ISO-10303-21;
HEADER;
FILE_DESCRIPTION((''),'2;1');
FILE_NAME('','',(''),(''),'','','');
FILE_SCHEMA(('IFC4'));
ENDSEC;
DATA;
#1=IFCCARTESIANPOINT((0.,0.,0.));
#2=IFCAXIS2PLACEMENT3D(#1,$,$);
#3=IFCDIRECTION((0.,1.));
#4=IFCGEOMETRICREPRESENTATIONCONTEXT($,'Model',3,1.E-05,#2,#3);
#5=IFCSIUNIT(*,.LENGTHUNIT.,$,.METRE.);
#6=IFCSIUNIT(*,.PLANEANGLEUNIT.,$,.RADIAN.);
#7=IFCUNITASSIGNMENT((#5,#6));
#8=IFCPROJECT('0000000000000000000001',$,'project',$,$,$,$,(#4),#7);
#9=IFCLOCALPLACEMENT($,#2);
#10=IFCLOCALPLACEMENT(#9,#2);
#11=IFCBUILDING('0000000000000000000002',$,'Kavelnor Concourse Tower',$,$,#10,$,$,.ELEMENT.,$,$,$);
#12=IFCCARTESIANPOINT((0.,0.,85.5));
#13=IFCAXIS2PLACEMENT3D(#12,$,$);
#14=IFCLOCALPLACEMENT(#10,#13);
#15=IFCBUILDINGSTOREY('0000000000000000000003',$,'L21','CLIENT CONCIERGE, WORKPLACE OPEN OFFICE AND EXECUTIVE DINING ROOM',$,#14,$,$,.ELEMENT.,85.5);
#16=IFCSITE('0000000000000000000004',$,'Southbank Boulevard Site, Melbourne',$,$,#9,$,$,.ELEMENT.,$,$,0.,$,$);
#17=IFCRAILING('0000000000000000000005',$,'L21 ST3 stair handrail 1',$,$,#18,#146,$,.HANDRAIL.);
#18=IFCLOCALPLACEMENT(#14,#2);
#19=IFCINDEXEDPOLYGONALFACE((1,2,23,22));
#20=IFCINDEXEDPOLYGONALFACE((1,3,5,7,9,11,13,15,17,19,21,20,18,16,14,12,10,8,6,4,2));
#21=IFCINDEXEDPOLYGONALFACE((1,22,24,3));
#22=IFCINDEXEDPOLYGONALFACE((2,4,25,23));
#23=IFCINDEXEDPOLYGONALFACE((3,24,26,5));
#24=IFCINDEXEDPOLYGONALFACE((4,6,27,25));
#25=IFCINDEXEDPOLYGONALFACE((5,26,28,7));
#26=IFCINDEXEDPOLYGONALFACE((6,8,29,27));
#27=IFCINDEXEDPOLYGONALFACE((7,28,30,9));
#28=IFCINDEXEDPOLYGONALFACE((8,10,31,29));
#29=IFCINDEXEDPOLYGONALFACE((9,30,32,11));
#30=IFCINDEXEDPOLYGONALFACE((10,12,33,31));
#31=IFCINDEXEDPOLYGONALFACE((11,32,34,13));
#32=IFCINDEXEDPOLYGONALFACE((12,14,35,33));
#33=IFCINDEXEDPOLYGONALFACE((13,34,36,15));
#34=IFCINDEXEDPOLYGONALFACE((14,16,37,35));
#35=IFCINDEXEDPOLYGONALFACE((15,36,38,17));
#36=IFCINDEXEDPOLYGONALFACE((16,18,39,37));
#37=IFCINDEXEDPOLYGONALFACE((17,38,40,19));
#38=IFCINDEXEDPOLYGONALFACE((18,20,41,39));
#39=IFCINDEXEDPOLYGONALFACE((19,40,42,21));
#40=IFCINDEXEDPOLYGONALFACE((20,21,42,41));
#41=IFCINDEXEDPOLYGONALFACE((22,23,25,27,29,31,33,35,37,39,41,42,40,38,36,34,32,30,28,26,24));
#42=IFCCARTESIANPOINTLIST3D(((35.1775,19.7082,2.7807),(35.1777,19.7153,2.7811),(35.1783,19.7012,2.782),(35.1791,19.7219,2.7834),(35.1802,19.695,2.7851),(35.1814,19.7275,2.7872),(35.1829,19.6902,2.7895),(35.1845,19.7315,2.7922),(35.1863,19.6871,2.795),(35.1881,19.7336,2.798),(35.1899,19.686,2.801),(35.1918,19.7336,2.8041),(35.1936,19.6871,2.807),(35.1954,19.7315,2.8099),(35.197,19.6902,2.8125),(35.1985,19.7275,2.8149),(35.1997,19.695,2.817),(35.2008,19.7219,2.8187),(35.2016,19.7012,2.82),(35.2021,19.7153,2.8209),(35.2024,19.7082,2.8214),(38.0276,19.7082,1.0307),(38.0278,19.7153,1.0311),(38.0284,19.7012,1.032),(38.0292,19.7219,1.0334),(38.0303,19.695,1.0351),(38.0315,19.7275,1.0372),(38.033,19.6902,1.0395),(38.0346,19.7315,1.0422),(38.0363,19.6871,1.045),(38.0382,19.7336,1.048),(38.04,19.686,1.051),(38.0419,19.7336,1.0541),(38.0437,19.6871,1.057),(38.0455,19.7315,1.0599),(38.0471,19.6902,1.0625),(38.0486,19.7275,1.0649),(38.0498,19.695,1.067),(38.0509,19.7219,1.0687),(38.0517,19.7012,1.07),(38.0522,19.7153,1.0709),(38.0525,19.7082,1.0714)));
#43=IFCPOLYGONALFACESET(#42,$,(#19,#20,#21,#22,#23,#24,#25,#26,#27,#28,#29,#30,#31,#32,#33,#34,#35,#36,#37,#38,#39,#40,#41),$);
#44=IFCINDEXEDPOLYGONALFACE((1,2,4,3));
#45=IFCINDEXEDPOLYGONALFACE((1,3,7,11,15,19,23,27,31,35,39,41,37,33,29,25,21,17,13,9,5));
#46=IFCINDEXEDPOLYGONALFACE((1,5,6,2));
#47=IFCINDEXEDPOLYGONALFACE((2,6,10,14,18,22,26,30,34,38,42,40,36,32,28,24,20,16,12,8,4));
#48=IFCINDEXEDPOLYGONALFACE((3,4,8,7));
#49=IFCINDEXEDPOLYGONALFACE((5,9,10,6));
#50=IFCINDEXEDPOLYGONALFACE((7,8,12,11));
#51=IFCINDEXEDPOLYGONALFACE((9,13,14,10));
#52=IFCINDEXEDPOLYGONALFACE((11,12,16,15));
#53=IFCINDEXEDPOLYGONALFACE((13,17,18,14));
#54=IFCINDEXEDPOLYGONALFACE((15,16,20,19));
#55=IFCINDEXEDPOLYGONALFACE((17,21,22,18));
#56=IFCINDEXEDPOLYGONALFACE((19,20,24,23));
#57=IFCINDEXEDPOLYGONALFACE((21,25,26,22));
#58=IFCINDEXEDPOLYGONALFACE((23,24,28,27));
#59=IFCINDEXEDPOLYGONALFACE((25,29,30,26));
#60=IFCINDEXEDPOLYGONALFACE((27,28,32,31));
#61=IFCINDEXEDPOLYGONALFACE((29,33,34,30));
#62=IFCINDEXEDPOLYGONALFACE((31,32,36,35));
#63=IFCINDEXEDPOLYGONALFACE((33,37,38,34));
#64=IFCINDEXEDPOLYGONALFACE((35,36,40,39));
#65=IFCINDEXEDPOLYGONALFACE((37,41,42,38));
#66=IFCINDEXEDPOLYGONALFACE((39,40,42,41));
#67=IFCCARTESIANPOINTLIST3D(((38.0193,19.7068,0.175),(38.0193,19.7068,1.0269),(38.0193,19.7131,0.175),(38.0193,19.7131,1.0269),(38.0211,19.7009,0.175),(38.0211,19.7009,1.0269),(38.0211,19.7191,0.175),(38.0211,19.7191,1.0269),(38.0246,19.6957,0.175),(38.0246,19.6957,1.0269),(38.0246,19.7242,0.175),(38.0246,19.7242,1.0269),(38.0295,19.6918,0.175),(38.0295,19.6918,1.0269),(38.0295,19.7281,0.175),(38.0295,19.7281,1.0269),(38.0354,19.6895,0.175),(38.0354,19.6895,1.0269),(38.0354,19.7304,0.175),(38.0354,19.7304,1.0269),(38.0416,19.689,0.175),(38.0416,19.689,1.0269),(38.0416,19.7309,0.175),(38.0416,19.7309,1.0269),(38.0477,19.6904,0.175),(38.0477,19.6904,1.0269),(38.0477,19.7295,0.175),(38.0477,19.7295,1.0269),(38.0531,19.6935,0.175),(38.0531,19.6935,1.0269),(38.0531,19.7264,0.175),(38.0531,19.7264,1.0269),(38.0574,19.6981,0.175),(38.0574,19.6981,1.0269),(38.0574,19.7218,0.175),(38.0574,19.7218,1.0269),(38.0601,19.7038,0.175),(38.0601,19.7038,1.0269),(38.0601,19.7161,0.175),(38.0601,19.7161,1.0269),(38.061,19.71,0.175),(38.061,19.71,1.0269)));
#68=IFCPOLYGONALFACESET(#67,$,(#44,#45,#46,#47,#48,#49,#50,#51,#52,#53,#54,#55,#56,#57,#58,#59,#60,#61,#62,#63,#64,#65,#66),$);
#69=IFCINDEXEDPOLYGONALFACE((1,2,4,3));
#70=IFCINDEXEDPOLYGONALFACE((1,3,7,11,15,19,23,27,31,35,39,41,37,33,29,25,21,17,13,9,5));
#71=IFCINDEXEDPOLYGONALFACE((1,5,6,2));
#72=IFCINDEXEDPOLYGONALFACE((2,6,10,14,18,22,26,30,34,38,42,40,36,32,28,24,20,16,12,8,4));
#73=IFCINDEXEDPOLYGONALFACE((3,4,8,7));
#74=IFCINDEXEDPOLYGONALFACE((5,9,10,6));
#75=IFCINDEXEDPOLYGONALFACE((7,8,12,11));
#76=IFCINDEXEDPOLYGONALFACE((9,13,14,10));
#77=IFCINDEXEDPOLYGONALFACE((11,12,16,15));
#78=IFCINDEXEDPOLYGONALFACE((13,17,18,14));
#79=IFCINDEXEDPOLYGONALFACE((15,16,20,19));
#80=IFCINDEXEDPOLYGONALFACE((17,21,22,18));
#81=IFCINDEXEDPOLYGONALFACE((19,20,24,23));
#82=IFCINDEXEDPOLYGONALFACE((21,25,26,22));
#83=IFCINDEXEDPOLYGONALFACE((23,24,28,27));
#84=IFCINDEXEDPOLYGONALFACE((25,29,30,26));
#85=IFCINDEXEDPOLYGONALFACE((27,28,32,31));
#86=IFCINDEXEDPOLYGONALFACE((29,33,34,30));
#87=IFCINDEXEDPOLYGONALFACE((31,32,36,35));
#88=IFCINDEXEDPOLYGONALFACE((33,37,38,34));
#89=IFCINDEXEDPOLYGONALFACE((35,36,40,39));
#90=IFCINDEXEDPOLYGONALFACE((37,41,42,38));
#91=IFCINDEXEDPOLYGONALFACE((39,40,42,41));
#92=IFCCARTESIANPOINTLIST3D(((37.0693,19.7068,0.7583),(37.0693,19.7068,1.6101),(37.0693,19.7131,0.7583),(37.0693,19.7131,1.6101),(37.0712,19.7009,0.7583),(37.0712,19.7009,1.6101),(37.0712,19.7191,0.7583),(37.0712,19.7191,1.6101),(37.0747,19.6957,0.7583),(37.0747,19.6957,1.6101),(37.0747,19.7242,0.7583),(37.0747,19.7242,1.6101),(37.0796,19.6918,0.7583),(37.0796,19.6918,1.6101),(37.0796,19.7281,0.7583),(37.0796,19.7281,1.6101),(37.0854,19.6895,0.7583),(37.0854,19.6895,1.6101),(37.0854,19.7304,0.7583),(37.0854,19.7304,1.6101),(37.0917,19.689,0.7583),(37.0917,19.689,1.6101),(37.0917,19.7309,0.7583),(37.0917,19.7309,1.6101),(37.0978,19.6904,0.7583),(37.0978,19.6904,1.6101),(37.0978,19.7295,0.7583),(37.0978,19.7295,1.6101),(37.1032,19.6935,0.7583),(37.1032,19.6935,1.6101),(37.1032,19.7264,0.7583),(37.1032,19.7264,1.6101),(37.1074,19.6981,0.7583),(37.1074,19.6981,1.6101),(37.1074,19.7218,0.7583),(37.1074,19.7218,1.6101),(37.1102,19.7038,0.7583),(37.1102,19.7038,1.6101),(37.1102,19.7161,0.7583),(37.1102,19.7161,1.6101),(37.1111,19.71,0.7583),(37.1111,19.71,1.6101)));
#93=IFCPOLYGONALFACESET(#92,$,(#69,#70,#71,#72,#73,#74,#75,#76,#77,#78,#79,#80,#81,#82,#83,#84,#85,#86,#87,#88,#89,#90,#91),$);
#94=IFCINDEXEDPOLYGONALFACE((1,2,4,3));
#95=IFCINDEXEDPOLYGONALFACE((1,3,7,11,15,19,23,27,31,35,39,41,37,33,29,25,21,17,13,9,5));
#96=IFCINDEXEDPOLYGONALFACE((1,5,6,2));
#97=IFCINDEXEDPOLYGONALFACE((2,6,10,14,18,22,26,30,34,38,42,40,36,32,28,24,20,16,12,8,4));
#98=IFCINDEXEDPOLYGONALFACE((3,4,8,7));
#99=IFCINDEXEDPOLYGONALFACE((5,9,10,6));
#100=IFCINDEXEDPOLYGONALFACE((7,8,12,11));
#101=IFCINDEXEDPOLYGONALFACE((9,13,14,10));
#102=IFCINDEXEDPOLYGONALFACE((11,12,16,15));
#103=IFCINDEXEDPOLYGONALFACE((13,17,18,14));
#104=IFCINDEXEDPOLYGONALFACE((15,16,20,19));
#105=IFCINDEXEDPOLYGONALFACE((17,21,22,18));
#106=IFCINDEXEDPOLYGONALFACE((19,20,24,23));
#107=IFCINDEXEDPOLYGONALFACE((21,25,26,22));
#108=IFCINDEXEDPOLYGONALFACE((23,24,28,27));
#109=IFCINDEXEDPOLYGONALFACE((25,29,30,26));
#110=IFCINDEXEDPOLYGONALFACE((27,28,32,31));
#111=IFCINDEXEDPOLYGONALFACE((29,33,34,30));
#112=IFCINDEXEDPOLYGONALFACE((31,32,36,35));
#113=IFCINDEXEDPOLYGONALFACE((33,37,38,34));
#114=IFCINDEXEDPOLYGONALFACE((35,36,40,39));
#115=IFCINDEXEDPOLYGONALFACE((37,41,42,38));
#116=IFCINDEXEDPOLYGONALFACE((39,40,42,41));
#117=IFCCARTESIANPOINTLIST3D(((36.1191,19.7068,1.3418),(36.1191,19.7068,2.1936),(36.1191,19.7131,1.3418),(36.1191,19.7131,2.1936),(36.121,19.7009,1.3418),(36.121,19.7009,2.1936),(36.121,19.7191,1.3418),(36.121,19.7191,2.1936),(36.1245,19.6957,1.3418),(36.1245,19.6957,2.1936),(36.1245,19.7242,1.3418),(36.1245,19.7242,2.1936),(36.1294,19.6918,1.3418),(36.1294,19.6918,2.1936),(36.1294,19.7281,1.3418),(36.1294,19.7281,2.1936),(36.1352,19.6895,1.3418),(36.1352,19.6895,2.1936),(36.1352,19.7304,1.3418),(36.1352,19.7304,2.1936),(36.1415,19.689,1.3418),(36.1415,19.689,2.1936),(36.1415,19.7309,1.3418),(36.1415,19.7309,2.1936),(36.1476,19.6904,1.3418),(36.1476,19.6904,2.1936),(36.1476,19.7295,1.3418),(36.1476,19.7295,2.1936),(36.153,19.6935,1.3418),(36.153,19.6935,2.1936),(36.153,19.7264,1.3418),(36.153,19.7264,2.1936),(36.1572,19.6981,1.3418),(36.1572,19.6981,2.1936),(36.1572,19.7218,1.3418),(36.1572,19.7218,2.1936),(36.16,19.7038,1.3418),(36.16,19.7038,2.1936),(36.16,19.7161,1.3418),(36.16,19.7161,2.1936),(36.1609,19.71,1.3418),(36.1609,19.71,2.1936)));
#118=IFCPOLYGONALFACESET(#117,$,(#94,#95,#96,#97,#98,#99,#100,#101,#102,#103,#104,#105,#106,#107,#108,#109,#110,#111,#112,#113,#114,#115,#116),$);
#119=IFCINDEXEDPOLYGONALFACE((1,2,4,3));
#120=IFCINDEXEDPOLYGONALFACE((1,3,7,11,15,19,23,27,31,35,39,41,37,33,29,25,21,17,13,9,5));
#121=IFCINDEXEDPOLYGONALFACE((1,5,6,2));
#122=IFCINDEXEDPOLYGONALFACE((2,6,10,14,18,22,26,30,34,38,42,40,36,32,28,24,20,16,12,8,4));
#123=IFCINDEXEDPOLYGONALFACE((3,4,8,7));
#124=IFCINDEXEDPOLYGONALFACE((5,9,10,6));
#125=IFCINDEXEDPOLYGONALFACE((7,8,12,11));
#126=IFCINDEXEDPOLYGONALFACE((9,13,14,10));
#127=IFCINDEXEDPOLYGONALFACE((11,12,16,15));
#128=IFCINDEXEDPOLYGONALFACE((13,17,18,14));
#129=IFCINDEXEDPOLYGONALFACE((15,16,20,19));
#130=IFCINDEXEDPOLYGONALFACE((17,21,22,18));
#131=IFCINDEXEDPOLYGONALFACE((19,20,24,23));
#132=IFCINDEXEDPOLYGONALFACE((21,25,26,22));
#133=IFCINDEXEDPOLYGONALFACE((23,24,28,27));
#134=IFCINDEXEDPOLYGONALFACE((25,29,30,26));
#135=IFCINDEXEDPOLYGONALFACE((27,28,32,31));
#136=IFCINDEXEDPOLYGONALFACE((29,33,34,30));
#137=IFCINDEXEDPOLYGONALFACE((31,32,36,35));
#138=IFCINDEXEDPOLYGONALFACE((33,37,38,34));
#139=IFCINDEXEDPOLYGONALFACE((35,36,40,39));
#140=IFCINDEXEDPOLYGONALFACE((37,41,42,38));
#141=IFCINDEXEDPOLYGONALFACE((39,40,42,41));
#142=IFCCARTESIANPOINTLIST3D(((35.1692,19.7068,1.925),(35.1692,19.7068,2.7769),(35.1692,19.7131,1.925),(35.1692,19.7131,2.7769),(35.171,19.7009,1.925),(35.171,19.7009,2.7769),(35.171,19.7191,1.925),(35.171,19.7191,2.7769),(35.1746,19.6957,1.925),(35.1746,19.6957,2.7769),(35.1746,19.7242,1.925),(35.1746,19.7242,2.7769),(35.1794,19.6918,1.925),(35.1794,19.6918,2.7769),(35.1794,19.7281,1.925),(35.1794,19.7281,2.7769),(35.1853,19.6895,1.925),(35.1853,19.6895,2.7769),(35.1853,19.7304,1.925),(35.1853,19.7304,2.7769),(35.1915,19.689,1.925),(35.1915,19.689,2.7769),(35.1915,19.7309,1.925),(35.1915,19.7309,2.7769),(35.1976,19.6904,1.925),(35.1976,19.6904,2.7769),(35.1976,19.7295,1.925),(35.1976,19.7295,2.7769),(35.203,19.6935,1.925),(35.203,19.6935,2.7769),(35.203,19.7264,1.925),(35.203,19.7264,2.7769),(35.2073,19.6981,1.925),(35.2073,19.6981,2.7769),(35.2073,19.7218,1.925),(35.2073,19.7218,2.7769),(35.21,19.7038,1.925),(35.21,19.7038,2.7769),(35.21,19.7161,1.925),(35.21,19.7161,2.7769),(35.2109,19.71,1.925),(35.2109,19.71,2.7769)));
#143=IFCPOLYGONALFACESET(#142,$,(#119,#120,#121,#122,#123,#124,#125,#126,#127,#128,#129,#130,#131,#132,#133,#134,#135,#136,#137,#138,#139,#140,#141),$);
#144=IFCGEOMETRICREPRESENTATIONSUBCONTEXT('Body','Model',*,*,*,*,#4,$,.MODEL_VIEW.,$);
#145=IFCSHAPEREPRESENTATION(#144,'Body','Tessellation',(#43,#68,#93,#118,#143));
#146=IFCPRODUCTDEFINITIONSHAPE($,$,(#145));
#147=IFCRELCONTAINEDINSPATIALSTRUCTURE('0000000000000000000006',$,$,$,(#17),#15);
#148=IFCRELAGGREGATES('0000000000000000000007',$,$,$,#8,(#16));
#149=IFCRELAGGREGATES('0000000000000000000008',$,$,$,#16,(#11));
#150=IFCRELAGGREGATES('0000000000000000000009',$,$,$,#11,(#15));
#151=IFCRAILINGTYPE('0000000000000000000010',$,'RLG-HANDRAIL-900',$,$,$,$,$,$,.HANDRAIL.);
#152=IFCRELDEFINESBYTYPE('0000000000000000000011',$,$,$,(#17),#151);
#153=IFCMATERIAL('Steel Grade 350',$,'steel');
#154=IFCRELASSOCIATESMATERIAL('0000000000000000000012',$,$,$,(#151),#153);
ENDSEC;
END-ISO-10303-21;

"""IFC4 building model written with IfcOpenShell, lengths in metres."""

from ifc_helpers import new_model, si_unit, direction, frame, origin, origin_2d, place, context, subcontext, project, spatial, circle, extrude, material, type_object, element, save


model = new_model("IFC4")

# Units and contexts
model_context = context("Model", 3, precision=1e-05, world=origin(), true_north=direction((0.0, 1.0)))
body_context = subcontext(model_context, "Body", "Model", "MODEL_VIEW")
ifc_project = project(units=[si_unit("LENGTHUNIT", "METRE"), si_unit("PLANEANGLEUNIT", "RADIAN")], contexts=[model_context])

# Site, building, storey
site_placement = place(None, origin())
site = spatial("IfcSite", under=ifc_project, at=site_placement, Name="Southbank Boulevard Site, Melbourne", CompositionType="ELEMENT", RefElevation=0.0)
building_placement = place(site_placement, origin())
building = spatial("IfcBuilding", under=site, at=building_placement, Name="Kavelnor Concourse Tower", CompositionType="ELEMENT")
storey_placement = place(building_placement, frame((0.0, 0.0, 85.5)))
storey = spatial("IfcBuildingStorey", under=building, at=storey_placement, Name="L21", Description="CLIENT CONCIERGE, WORKPLACE OPEN OFFICE AND EXECUTIVE DINING ROOM", CompositionType="ELEMENT", Elevation=85.5)

# Shared definitions
ifc_material_1 = material(Name="Steel Grade 350", Category="steel")

# Railing
railing_type_1 = type_object("IfcRailingType", Name="RLG-HANDRAIL-900", PredefinedType="HANDRAIL", material=ifc_material_1)
railing_1_placement = place(storey_placement, frame((38.04, 19.71, 0.175)))
element("IfcRailing", 1, at=railing_1_placement, inside=storey, type_object=railing_type_1, Name="L21 ST3 stair handrail 1", PredefinedType="HANDRAIL", context=body_context, shape_type="SweptSolid", body=[
    extrude(circle(Radius=0.0239, at=origin_2d()), frame((0.0, 0.0, 0.876), z_axis=(-0.852179, 0.0, 0.52325), x_axis=(0.0, -1.0, 0.0)), (0.0, 0.0, 1.0), 3.3445),
    extrude(circle(Radius=0.021, at=origin_2d()), origin(), (0.0, 0.0, 1.0), 0.8518),
    extrude(circle(Radius=0.021, at=origin_2d()), frame((-0.95, 0.0, 0.5833)), (0.0, 0.0, 1.0), 0.8518),
    extrude(circle(Radius=0.021, at=origin_2d()), frame((-1.9001, 0.0, 1.1667)), (0.0, 0.0, 1.0), 0.8518),
    extrude(circle(Radius=0.021, at=origin_2d()), frame((-2.8501, 0.0, 1.75)), (0.0, 0.0, 1.0), 0.8518),
])

save(model, "model.ifc")
